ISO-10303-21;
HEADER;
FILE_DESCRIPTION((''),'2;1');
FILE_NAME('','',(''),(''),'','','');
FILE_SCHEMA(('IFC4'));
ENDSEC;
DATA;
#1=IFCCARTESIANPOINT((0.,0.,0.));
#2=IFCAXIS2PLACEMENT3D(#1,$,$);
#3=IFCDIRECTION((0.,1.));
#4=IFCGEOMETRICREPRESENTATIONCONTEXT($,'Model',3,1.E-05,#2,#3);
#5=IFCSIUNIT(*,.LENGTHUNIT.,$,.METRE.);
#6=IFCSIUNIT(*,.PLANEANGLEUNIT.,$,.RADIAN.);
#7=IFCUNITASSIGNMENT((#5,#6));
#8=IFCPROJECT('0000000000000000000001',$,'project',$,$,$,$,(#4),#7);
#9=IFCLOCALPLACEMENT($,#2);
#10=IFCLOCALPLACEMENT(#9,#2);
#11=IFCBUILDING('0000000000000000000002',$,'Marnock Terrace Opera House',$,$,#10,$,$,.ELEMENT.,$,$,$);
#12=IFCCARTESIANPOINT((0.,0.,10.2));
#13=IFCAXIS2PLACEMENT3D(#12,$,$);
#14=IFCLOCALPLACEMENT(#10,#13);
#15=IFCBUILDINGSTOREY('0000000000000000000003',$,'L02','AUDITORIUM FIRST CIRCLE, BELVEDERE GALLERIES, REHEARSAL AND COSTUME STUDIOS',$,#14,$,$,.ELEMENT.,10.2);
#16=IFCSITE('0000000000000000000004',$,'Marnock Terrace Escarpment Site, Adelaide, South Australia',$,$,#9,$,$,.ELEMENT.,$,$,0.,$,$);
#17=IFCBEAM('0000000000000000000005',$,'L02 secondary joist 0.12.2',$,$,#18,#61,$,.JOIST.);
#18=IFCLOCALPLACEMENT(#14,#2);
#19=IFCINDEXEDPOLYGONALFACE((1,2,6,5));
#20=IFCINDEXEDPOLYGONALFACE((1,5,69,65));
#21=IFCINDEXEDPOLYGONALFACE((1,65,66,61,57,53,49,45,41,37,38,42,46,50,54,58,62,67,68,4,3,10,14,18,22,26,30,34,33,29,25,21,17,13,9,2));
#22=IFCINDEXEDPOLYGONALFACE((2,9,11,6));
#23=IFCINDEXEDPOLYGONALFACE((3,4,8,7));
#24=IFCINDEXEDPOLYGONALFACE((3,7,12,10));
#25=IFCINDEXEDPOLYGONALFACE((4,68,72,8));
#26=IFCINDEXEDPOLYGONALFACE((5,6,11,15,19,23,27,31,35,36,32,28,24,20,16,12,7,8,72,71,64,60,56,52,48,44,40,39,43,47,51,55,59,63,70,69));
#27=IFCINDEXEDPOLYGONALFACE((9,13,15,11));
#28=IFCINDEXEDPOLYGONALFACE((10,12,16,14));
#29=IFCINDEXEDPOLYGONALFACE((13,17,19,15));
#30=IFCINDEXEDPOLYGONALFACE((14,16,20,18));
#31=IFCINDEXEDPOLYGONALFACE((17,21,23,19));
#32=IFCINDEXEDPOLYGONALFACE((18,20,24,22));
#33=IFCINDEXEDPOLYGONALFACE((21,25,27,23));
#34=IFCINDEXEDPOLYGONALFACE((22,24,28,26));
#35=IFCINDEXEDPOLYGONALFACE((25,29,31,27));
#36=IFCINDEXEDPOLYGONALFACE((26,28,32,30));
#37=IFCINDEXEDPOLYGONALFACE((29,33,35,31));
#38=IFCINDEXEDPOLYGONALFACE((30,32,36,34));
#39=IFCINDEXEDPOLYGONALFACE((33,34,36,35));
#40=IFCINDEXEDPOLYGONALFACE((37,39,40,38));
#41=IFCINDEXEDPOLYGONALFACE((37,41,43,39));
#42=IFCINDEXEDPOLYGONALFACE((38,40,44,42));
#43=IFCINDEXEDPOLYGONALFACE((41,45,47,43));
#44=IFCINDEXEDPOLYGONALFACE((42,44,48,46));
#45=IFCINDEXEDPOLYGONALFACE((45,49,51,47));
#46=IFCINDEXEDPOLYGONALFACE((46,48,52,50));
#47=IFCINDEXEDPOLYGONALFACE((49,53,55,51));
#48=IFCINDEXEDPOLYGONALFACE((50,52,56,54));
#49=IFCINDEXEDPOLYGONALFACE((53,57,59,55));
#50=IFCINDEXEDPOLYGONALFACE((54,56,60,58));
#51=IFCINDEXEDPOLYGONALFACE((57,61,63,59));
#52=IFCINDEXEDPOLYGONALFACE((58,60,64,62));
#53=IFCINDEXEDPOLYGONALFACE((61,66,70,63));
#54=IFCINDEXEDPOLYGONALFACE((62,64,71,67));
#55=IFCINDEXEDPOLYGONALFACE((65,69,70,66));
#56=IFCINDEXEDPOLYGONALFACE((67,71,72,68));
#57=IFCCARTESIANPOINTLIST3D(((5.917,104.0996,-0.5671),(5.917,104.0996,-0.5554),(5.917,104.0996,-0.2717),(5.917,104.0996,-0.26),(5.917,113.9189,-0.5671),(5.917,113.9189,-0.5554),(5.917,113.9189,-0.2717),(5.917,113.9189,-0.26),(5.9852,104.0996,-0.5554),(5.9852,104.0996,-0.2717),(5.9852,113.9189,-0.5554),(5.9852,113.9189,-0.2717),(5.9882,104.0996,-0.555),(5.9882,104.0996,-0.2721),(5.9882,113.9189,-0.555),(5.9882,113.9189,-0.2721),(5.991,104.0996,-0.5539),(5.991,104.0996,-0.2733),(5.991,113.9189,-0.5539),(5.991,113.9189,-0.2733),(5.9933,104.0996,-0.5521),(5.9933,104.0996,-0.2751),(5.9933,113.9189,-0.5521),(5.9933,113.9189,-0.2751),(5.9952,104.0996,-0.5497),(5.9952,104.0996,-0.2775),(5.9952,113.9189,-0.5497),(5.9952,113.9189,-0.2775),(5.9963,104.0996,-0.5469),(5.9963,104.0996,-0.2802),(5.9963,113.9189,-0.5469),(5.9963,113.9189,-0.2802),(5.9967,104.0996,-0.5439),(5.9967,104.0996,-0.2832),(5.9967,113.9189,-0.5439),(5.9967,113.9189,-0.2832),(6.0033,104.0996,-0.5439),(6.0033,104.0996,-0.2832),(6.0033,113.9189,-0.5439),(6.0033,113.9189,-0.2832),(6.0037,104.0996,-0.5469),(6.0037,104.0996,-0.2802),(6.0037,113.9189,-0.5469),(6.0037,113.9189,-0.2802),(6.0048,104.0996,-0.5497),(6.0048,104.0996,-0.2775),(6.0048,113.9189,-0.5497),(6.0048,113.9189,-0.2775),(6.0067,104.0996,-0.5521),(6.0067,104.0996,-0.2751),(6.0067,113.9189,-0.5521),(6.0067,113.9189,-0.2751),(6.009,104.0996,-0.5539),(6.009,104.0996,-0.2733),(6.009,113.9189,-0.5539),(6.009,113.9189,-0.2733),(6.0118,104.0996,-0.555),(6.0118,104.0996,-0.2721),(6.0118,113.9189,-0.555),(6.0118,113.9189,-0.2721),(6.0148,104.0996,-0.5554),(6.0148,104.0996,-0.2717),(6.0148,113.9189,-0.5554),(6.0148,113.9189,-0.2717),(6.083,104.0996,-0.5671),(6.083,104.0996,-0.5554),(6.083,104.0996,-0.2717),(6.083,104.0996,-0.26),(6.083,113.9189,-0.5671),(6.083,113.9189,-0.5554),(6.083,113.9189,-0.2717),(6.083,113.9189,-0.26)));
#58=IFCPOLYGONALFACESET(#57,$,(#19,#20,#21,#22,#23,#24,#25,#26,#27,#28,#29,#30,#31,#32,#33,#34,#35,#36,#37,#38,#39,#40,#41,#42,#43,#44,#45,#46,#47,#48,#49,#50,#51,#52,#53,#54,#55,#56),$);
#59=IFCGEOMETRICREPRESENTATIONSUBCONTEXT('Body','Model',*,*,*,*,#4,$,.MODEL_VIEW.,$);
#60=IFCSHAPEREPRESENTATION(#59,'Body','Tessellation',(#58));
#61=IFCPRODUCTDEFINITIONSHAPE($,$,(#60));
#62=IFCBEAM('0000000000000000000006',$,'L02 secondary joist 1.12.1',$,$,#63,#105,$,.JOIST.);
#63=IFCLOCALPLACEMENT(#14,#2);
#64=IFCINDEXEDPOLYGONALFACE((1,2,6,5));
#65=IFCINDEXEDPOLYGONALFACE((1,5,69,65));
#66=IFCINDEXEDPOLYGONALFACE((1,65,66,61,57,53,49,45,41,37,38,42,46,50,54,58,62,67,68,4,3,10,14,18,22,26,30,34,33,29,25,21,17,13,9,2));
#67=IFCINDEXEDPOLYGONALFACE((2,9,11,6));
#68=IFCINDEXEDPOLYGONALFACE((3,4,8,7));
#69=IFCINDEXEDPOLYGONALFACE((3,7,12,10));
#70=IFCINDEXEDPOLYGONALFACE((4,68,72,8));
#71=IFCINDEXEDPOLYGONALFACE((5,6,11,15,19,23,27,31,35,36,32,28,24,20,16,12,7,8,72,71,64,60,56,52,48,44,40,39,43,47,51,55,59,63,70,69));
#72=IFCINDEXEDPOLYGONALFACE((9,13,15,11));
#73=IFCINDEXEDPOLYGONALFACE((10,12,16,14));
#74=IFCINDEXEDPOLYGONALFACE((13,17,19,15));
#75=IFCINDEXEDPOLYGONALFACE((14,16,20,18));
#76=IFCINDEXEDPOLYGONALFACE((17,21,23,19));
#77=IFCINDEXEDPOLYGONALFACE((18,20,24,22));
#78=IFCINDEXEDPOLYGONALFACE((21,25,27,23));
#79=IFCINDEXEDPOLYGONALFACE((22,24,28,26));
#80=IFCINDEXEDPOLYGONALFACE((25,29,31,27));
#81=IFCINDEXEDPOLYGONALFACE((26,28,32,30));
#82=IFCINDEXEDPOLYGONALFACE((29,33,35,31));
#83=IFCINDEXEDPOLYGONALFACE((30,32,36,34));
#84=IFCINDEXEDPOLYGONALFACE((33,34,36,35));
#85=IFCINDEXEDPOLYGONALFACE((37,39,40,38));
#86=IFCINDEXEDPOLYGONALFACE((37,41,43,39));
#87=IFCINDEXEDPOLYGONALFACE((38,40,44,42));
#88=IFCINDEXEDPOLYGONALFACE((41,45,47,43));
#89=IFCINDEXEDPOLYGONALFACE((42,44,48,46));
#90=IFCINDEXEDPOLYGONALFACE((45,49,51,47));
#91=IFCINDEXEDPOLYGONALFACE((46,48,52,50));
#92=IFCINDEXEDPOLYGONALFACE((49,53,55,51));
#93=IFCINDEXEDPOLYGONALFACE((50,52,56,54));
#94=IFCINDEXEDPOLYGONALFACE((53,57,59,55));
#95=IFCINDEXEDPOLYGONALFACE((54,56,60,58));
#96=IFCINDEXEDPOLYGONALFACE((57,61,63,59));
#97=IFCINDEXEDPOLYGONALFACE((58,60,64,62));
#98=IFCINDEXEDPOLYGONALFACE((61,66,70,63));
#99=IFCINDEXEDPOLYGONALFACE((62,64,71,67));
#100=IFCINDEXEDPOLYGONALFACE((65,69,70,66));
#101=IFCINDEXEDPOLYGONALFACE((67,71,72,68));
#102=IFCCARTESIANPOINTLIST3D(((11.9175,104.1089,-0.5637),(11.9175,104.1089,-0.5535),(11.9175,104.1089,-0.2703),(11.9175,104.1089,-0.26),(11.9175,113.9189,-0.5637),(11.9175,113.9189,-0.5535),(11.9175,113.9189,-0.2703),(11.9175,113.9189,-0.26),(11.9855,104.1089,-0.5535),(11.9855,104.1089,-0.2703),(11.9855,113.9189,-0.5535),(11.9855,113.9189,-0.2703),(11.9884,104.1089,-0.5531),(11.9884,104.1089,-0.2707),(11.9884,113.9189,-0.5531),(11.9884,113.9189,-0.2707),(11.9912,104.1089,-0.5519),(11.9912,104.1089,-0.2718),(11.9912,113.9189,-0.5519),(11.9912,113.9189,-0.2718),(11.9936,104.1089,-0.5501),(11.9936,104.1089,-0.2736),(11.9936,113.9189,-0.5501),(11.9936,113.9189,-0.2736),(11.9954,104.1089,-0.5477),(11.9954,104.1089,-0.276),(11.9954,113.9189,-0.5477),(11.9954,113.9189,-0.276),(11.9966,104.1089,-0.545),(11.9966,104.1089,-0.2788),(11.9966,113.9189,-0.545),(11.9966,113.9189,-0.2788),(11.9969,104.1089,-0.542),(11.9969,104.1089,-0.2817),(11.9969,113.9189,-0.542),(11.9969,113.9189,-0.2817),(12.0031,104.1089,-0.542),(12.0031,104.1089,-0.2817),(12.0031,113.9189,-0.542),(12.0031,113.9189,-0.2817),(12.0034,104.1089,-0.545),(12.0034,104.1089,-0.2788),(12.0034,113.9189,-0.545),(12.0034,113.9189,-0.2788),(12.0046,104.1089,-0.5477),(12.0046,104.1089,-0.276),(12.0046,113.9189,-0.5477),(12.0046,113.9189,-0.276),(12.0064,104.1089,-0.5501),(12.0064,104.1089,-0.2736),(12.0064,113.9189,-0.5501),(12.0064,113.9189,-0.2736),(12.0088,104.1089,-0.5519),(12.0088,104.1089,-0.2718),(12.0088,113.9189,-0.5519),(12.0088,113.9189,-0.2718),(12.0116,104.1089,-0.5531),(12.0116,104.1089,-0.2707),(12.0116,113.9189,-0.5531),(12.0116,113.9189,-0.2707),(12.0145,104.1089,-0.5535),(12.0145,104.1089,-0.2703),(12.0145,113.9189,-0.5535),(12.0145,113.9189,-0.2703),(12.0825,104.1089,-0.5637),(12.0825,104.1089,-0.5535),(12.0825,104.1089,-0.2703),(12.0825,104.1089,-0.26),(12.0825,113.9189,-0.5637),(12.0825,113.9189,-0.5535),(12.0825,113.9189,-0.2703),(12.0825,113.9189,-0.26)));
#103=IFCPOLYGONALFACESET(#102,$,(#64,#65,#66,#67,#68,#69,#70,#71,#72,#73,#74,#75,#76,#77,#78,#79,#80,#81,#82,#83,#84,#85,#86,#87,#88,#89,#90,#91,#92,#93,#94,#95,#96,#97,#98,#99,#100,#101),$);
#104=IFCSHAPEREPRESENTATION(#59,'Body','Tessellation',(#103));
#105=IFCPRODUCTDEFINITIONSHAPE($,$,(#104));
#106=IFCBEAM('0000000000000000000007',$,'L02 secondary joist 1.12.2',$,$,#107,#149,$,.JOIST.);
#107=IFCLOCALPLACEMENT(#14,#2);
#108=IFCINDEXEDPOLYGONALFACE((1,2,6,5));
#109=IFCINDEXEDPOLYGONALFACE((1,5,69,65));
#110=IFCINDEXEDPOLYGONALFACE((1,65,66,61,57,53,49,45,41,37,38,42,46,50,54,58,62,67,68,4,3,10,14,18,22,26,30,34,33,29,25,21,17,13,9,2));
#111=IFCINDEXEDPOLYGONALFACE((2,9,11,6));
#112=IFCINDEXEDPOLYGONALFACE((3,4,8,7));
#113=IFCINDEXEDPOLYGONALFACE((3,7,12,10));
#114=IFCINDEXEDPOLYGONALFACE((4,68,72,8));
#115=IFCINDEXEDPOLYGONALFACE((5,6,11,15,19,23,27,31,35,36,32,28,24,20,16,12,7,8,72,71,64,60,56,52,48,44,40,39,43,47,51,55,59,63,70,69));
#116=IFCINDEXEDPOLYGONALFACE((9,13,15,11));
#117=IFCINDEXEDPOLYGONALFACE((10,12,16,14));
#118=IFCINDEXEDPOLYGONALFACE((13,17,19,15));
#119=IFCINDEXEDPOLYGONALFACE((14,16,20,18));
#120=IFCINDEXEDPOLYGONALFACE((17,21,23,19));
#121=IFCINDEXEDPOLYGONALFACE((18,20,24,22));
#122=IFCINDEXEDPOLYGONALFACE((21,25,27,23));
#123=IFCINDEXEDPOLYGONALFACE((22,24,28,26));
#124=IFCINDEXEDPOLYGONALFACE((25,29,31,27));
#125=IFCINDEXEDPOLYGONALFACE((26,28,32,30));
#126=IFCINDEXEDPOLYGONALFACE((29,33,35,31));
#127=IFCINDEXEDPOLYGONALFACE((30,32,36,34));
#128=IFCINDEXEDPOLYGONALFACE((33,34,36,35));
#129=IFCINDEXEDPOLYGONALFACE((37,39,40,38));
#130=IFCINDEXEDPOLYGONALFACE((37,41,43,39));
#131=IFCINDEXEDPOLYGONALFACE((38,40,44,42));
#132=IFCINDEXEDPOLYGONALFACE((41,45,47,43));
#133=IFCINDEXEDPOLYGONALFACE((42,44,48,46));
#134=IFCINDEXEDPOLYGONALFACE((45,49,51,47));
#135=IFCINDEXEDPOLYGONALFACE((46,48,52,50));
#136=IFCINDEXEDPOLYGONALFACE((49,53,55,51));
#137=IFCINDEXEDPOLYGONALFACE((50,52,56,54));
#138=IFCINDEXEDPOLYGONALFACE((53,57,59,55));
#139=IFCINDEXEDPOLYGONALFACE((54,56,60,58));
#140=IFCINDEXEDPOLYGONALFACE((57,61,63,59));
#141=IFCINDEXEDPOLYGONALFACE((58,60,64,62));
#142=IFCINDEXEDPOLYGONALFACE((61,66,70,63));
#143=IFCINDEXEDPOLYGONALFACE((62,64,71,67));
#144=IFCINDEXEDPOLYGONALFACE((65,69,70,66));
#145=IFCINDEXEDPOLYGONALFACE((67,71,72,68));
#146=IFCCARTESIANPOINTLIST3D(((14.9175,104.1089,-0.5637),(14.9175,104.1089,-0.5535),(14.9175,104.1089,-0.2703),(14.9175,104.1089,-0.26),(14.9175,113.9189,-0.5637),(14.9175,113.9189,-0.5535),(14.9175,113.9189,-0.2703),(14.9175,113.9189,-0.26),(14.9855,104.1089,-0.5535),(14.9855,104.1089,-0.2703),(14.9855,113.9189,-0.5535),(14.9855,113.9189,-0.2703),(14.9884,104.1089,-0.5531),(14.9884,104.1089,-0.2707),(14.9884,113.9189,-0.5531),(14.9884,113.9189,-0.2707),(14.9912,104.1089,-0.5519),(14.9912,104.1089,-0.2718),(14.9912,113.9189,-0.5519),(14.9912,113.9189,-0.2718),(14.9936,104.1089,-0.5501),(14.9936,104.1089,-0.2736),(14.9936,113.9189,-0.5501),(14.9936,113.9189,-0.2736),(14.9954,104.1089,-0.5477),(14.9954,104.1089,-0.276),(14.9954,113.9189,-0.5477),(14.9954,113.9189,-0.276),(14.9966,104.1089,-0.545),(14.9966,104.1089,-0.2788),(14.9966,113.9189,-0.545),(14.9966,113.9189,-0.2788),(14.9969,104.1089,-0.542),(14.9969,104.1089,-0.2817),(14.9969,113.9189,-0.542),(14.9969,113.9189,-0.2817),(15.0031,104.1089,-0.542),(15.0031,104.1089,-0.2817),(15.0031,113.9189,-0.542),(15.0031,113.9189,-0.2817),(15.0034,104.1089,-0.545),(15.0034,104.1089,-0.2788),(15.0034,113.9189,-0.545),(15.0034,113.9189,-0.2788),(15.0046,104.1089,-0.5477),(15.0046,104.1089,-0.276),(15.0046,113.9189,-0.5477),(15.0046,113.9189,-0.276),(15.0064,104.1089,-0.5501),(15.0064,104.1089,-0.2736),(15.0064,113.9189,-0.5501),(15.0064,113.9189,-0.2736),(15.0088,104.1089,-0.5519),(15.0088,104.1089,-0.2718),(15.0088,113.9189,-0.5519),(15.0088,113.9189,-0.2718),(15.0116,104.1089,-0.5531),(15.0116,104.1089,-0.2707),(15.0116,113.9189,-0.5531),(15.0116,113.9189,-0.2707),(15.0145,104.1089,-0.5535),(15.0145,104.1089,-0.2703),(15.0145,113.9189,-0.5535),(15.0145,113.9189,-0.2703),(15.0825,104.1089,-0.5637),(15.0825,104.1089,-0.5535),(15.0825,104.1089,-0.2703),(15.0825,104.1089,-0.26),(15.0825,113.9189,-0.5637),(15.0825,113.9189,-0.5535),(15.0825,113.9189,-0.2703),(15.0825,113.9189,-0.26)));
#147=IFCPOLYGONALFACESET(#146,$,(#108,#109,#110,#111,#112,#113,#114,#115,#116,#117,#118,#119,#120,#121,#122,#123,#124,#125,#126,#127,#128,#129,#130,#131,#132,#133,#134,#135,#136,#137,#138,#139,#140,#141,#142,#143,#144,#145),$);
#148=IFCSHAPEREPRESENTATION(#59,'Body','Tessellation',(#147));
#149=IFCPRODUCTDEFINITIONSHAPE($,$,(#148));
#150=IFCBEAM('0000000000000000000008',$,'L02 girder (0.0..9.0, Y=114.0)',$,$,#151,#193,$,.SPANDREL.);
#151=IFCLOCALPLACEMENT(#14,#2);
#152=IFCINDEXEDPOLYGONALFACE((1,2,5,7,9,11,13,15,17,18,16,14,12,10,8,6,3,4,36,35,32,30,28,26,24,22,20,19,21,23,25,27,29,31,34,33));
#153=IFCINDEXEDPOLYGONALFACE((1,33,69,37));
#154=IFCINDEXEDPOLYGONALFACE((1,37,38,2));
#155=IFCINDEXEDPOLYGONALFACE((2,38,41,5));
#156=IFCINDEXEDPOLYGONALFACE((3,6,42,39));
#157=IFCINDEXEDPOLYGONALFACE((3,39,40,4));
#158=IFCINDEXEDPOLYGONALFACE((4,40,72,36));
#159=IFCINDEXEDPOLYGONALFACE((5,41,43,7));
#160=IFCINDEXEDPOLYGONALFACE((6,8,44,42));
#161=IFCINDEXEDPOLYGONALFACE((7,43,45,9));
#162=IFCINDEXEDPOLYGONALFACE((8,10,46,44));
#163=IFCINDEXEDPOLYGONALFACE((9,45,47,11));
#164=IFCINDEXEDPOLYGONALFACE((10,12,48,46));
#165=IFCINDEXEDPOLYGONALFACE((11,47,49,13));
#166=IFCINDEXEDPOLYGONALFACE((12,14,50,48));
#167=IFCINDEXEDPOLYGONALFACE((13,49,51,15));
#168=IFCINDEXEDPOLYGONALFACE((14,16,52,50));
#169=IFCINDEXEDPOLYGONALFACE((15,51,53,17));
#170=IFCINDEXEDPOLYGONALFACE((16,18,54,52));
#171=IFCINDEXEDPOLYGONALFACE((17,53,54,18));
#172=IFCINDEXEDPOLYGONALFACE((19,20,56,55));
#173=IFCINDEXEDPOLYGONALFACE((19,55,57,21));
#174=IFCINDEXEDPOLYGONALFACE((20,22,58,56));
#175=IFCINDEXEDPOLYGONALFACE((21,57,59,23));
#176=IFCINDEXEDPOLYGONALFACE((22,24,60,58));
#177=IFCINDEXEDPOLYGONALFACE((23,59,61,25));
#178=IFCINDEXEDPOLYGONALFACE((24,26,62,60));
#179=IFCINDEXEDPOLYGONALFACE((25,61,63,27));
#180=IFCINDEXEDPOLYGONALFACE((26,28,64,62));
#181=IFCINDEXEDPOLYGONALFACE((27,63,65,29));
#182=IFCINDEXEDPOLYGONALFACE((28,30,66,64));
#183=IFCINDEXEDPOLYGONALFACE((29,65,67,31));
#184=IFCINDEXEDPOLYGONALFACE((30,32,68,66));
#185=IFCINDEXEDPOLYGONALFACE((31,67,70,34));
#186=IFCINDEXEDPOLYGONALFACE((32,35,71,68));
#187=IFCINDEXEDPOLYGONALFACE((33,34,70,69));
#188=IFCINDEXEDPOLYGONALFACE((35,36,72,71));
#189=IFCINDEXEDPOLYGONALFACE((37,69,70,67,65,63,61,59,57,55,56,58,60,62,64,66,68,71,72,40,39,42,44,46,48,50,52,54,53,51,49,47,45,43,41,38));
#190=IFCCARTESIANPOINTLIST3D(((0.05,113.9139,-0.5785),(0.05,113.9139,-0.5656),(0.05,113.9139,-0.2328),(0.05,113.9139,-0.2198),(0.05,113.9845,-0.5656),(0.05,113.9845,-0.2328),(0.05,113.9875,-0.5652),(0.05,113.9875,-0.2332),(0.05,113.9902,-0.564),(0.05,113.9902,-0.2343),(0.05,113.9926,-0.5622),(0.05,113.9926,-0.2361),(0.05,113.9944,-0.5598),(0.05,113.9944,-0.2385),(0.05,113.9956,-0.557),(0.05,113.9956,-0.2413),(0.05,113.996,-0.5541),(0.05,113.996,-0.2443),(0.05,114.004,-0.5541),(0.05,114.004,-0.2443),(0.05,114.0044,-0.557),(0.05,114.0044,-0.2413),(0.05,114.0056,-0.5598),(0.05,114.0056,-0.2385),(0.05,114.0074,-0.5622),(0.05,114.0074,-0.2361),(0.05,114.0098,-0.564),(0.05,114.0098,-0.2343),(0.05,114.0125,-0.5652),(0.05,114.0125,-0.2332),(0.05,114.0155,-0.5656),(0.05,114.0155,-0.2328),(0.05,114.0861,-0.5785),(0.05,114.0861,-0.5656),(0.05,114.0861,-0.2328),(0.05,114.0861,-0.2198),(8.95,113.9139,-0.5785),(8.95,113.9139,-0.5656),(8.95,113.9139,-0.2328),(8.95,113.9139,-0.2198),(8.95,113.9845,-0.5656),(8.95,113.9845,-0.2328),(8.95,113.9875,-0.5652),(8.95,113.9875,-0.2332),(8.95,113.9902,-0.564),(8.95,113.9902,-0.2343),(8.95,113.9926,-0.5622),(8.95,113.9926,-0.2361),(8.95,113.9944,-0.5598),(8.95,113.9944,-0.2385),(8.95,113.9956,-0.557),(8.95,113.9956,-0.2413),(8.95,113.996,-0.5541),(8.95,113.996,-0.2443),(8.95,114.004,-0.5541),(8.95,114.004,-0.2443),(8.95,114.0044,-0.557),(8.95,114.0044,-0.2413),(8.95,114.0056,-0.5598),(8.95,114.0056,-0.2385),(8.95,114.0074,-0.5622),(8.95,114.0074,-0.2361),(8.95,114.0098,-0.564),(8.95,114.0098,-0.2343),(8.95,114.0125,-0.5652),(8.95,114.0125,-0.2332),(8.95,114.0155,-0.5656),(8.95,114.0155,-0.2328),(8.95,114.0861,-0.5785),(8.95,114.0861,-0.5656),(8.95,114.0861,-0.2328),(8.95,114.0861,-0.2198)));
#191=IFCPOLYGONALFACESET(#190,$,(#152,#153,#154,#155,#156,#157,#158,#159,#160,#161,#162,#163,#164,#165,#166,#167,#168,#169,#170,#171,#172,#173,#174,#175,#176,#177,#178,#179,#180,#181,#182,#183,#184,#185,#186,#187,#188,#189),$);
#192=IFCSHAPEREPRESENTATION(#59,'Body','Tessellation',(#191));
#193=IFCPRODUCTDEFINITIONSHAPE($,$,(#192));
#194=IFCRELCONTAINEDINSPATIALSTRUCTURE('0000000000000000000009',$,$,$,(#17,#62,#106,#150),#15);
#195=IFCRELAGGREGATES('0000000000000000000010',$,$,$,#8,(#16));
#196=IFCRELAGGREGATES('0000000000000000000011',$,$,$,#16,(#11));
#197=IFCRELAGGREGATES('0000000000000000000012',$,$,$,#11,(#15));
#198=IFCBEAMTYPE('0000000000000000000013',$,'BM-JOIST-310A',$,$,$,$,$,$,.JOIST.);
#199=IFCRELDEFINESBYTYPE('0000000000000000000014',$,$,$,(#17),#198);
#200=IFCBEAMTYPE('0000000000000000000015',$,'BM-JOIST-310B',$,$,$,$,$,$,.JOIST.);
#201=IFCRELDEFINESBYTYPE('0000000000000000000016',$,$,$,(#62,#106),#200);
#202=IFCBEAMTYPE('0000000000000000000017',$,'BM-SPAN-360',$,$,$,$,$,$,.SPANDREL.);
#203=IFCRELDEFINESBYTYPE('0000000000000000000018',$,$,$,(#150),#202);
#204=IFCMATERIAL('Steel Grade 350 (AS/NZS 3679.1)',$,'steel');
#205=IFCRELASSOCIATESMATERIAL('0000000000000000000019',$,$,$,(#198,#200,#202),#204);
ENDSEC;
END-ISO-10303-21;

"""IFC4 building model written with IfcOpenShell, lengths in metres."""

from ifc_helpers import new_model, si_unit, direction, frame, origin, origin_2d, place, context, subcontext, project, spatial, i_section, extrude, material, material_profile, profile_set, type_object, element, save


model = new_model("IFC4")

# Units and contexts
model_context = context("Model", 3, precision=1e-05, world=origin(), true_north=direction((0.0, 1.0)))
body_context = subcontext(model_context, "Body", "Model", "MODEL_VIEW")
ifc_project = project(units=[si_unit("LENGTHUNIT", "METRE"), si_unit("PLANEANGLEUNIT", "RADIAN")], contexts=[model_context])

# Site, building, storey
site_placement = place(None, origin())
site = spatial("IfcSite", under=ifc_project, at=site_placement, Name="Marnock Terrace Escarpment Site, Adelaide, South Australia", CompositionType="ELEMENT", RefElevation=0.0)
building_placement = place(site_placement, origin())
building = spatial("IfcBuilding", under=site, at=building_placement, Name="Marnock Terrace Opera House", CompositionType="ELEMENT")
storey_placement = place(building_placement, frame((0.0, 0.0, 10.2)))
storey = spatial("IfcBuildingStorey", under=building, at=storey_placement, Name="L02", Description="AUDITORIUM FIRST CIRCLE, BELVEDERE GALLERIES, REHEARSAL AND COSTUME STUDIOS", CompositionType="ELEMENT", Elevation=10.2)

# Beams
ifc_material_1 = material(Name="Steel Grade 350 (AS/NZS 3679.1)", Category="steel")
ifc_material_profile_1 = material_profile(ifc_material_1, i_section(OverallWidth=0.166, OverallDepth=0.3071, WebThickness=0.0066, FlangeThickness=0.0117, FilletRadius=0.0115, at=origin_2d()))
ifc_profile_set_1 = profile_set([ifc_material_profile_1], Name="Steel Grade 350 (AS/NZS 3679.1)")
beam_type_1 = type_object("IfcBeamType", Name="BM-JOIST-310A", PredefinedType="JOIST", material=ifc_profile_set_1)
for number, where, z_axis, x_axis, name in (
    (1, (6.0, 104.0996, -0.4136), (0.0, 1.0, 0.0), (-1.0, 0.0, 0.0), "L02 secondary joist 0.12.2"),
):
    element("IfcBeam", number, at=place(storey_placement, frame(where, z_axis=z_axis, x_axis=x_axis)), inside=storey, type_object=beam_type_1, Name=name, PredefinedType="JOIST", context=body_context, shape_type="SweptSolid", body=[
        extrude(i_section(OverallWidth=0.166, OverallDepth=0.3071, WebThickness=0.0066, FlangeThickness=0.0117, FilletRadius=0.0115, at=origin_2d()), origin(), (0.0, 0.0, 1.0), 9.8193),
    ])
ifc_material_profile_2 = material_profile(ifc_material_1, i_section(OverallWidth=0.165, OverallDepth=0.3037, WebThickness=0.0061, FlangeThickness=0.0103, FilletRadius=0.0115, at=origin_2d()))
ifc_profile_set_2 = profile_set([ifc_material_profile_2], Name="Steel Grade 350 (AS/NZS 3679.1)")
beam_type_2 = type_object("IfcBeamType", Name="BM-JOIST-310B", PredefinedType="JOIST", material=ifc_profile_set_2)
for number, where, z_axis, x_axis, name in (
    (2, (12.0, 104.1089, -0.4119), (0.0, 1.0, 0.0), (-1.0, 0.0, 0.0), "L02 secondary joist 1.12.1"),
    (3, (15.0, 104.1089, -0.4119), (0.0, 1.0, 0.0), (-1.0, 0.0, 0.0), "L02 secondary joist 1.12.2"),
):
    element("IfcBeam", number, at=place(storey_placement, frame(where, z_axis=z_axis, x_axis=x_axis)), inside=storey, type_object=beam_type_2, Name=name, PredefinedType="JOIST", context=body_context, shape_type="SweptSolid", body=[
        extrude(i_section(OverallWidth=0.165, OverallDepth=0.3037, WebThickness=0.0061, FlangeThickness=0.0103, FilletRadius=0.0115, at=origin_2d()), origin(), (0.0, 0.0, 1.0), 9.8101),
    ])
ifc_material_profile_3 = material_profile(ifc_material_1, i_section(OverallWidth=0.1721, OverallDepth=0.3586, WebThickness=0.0081, FlangeThickness=0.0129, FilletRadius=0.0115, at=origin_2d()))
ifc_profile_set_3 = profile_set([ifc_material_profile_3], Name="Steel Grade 350 (AS/NZS 3679.1)")
beam_type_3 = type_object("IfcBeamType", Name="BM-SPAN-360", PredefinedType="SPANDREL", material=ifc_profile_set_3)
for number, where, z_axis, x_axis, name in (
    (4, (0.05, 114.0, -0.3992), (1.0, 0.0, 0.0), (0.0, 1.0, 0.0), "L02 girder (0.0..9.0, Y=114.0)"),
):
    element("IfcBeam", number, at=place(storey_placement, frame(where, z_axis=z_axis, x_axis=x_axis)), inside=storey, type_object=beam_type_3, Name=name, PredefinedType="SPANDREL", context=body_context, shape_type="SweptSolid", body=[
        extrude(i_section(OverallWidth=0.1721, OverallDepth=0.3586, WebThickness=0.0081, FlangeThickness=0.0129, FilletRadius=0.0115, at=origin_2d()), origin(), (0.0, 0.0, 1.0), 8.8999),
    ])

save(model, "model.ifc")
